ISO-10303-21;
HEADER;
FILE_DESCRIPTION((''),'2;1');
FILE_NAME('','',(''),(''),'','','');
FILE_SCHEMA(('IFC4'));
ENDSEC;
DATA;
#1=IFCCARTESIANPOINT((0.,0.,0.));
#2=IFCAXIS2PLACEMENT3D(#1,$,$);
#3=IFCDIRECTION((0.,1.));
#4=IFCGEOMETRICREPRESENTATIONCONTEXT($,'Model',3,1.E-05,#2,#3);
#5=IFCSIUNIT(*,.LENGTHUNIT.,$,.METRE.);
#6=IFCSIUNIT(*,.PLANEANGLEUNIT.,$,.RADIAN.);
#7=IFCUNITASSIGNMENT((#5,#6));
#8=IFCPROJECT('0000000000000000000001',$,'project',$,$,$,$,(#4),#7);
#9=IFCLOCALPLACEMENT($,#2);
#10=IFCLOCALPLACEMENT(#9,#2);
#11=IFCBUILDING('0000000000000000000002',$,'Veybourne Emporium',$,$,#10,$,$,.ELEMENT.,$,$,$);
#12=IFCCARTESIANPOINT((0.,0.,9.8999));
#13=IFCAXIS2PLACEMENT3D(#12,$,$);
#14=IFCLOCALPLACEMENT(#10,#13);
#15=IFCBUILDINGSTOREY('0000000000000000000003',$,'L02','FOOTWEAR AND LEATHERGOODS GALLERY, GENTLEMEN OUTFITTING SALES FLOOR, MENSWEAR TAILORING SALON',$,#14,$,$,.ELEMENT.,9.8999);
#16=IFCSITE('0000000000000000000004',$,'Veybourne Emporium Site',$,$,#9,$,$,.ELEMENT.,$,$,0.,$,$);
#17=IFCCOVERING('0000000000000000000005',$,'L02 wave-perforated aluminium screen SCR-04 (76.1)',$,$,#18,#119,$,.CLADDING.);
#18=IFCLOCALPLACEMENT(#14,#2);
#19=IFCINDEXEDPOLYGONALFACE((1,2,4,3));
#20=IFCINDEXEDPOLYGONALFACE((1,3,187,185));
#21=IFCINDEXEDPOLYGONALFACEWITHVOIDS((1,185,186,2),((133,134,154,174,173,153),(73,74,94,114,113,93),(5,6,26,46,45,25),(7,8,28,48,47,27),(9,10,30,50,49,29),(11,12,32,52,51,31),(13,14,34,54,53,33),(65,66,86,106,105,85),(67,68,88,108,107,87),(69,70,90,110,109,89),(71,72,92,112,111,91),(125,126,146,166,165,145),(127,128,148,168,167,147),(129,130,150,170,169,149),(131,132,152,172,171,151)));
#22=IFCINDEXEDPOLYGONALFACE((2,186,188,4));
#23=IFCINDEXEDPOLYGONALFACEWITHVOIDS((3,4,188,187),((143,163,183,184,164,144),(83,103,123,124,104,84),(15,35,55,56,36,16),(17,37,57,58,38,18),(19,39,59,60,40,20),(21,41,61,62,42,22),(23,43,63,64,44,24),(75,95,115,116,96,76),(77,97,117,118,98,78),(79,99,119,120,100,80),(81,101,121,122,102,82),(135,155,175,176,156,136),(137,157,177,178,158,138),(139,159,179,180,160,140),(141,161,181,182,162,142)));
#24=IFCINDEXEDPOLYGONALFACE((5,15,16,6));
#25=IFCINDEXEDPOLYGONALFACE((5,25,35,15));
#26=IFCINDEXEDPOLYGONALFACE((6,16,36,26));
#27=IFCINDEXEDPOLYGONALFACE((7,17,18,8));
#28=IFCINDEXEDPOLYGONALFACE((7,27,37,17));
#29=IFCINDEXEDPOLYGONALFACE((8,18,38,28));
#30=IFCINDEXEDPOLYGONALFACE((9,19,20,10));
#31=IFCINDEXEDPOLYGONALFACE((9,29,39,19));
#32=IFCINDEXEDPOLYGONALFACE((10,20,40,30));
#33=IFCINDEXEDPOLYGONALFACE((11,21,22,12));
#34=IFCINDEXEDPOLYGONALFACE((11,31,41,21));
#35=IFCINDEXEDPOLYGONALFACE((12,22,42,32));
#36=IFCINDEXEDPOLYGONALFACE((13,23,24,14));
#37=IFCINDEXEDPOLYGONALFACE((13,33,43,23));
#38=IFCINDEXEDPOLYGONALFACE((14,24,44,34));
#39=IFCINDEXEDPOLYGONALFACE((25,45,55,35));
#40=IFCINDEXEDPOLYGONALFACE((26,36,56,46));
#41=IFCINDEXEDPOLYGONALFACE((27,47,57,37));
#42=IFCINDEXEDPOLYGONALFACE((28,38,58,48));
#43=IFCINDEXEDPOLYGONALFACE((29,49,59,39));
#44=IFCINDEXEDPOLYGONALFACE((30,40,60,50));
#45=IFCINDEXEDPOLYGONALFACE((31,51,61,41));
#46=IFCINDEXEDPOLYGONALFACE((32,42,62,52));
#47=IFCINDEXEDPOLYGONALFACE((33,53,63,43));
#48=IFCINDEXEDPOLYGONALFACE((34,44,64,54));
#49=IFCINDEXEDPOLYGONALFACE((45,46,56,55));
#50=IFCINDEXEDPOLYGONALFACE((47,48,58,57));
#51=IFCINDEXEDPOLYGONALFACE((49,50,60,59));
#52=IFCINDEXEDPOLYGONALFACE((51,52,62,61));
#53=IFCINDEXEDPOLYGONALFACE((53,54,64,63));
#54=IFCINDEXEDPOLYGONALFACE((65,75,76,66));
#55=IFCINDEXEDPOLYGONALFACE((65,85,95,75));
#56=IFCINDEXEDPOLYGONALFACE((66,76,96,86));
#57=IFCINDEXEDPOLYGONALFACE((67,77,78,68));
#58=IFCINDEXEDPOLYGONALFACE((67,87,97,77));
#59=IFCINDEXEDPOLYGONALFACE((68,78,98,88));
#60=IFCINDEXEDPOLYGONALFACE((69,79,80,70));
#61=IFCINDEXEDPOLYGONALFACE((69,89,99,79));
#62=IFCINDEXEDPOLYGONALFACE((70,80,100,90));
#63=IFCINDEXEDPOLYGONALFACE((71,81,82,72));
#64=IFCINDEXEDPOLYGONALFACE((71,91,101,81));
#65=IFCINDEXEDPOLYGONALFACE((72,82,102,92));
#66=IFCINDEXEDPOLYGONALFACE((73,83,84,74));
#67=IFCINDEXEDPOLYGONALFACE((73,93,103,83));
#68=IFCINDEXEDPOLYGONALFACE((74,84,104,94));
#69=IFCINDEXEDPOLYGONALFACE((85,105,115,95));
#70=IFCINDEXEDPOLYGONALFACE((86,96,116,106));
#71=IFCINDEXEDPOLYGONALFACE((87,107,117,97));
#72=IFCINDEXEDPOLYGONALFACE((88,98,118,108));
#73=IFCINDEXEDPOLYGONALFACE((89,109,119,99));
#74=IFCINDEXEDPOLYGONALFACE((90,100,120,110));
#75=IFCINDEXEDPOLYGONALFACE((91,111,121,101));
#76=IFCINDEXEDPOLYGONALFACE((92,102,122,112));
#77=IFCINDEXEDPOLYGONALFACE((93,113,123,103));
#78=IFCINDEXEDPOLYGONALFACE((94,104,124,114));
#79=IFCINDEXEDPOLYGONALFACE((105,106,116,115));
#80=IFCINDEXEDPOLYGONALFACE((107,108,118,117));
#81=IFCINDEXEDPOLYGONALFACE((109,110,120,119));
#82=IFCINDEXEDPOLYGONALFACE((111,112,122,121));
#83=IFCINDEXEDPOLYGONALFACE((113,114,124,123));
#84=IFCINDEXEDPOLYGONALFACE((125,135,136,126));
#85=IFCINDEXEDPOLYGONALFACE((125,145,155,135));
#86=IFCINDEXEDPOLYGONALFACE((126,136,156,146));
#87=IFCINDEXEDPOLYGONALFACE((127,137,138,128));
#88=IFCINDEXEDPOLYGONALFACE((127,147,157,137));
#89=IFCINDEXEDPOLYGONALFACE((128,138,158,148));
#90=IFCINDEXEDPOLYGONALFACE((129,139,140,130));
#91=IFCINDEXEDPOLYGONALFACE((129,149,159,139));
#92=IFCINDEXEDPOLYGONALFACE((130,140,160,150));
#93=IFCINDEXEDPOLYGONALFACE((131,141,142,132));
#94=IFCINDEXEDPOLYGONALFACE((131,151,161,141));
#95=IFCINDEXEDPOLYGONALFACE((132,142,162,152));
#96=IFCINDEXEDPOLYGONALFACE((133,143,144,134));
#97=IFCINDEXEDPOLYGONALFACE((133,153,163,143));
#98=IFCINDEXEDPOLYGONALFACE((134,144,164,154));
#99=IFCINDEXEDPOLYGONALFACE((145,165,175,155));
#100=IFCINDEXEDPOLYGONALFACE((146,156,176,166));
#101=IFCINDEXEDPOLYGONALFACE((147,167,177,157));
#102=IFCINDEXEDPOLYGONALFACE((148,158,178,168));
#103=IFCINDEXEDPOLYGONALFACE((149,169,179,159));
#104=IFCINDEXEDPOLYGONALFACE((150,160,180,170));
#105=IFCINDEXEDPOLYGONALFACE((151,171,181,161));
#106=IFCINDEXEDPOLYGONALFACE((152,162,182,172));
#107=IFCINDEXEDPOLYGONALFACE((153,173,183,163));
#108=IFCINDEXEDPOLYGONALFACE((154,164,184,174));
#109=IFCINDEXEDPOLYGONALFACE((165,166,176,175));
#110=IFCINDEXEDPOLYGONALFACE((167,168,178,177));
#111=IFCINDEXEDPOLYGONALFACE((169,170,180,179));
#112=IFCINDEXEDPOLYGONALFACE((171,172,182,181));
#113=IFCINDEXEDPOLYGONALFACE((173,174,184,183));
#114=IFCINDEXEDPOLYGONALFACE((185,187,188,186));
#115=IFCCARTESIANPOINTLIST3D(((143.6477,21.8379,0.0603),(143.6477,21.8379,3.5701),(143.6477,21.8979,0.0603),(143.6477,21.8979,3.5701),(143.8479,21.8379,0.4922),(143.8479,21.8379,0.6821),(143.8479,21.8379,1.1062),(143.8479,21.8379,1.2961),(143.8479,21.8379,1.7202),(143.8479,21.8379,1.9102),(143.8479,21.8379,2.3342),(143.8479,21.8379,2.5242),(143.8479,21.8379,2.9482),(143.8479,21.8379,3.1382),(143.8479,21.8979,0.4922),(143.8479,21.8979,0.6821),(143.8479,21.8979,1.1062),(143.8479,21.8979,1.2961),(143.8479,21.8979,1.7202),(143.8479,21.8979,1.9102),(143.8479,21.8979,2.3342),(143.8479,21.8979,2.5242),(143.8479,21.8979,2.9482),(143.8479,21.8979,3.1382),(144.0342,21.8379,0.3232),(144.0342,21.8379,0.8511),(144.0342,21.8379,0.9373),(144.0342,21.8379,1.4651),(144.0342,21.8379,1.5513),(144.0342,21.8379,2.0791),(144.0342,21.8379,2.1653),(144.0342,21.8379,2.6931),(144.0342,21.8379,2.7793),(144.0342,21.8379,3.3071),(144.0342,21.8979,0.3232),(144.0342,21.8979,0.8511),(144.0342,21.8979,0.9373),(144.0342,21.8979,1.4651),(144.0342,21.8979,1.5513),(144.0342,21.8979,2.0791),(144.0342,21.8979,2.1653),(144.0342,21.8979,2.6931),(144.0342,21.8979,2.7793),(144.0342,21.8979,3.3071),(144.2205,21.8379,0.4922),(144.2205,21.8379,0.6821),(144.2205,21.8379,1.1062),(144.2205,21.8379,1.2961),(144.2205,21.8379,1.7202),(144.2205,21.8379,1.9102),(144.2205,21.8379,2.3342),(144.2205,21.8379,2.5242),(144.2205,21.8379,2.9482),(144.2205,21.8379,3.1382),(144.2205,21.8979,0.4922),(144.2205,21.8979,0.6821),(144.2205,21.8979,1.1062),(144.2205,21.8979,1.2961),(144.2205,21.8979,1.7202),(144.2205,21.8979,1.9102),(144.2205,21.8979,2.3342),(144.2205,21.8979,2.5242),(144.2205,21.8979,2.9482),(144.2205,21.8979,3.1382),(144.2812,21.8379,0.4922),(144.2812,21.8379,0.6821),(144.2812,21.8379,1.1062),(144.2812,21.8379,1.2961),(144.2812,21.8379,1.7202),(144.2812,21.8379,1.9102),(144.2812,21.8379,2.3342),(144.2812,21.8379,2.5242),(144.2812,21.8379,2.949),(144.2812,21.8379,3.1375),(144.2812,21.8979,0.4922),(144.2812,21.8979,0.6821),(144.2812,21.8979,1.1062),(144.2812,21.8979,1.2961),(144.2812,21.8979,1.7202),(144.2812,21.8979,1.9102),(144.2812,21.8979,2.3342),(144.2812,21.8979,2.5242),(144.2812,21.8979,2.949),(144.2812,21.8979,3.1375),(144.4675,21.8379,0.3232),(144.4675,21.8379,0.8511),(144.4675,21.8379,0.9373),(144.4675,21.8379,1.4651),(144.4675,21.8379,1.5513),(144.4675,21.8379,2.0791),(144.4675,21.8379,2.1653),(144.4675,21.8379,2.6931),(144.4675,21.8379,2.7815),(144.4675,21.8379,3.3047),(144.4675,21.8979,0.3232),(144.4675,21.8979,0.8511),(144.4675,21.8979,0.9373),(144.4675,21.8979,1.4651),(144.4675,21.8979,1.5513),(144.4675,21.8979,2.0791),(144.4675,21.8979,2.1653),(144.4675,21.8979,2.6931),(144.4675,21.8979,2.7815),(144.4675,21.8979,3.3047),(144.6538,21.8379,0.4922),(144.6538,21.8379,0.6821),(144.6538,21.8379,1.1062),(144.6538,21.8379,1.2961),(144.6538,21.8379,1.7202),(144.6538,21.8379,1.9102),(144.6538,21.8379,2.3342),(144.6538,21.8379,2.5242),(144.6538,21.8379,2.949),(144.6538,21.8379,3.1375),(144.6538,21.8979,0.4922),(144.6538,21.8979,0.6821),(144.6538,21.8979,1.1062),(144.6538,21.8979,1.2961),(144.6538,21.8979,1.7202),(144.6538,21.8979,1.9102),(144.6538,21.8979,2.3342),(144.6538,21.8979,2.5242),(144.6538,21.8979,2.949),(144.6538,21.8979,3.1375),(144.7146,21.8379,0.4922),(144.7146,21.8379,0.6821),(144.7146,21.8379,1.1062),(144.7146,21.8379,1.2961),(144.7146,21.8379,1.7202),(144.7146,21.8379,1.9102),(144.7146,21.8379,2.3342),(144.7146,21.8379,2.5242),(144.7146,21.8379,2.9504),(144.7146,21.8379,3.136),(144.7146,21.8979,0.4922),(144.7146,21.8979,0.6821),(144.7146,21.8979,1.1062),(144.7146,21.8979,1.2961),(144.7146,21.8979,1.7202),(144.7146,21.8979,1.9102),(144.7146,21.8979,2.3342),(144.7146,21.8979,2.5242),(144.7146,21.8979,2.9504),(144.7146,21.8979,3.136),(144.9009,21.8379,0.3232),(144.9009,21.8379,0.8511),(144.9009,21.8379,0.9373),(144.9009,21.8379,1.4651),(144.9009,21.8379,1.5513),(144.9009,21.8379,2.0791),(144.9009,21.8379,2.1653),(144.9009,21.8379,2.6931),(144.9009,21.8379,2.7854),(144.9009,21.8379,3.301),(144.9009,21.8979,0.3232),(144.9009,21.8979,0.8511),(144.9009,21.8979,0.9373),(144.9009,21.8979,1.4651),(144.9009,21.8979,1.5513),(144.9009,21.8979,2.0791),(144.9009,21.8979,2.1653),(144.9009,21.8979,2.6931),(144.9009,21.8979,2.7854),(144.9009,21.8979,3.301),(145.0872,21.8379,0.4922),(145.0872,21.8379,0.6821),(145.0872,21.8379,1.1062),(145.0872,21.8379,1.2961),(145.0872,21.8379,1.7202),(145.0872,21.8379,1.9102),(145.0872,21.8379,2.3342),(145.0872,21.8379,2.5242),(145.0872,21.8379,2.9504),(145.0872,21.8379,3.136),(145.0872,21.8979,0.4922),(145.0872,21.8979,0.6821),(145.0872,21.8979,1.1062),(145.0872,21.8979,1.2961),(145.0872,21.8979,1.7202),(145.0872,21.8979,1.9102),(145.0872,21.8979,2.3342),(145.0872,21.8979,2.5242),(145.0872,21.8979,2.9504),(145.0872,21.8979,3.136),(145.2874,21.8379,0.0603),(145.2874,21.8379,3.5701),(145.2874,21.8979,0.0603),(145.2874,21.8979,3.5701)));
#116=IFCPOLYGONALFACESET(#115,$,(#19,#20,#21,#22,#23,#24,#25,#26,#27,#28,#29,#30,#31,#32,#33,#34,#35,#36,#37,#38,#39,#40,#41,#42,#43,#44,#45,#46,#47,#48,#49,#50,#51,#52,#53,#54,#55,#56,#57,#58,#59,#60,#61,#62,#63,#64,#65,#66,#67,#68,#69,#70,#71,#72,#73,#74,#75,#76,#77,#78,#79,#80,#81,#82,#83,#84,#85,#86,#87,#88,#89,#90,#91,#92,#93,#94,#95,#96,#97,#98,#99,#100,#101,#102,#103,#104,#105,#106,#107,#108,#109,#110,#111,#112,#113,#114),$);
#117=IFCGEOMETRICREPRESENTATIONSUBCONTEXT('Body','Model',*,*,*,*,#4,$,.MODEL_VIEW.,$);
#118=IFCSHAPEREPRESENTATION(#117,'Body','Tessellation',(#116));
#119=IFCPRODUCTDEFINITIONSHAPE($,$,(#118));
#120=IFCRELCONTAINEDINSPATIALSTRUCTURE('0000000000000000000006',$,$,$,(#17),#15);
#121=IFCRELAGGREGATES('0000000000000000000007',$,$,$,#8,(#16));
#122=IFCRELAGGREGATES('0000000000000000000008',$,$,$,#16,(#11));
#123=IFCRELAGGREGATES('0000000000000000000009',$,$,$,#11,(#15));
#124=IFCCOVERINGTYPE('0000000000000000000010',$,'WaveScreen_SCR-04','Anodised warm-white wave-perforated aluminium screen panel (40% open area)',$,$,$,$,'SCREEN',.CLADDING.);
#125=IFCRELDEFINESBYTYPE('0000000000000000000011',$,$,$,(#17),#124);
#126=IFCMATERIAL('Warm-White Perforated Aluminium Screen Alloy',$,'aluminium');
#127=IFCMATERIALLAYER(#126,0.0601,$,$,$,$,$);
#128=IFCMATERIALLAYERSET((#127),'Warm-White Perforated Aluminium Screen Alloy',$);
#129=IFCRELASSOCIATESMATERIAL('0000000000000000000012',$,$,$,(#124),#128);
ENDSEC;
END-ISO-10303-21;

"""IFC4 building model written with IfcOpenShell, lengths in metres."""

from ifc_helpers import new_model, si_unit, direction, frame, origin, place, context, subcontext, project, spatial, polyline, outline, extrude, material, layer, layer_set, type_object, element, save


model = new_model("IFC4")

# Units and contexts
model_context = context("Model", 3, precision=1e-05, world=origin(), true_north=direction((0.0, 1.0)))
body_context = subcontext(model_context, "Body", "Model", "MODEL_VIEW")
ifc_project = project(units=[si_unit("LENGTHUNIT", "METRE"), si_unit("PLANEANGLEUNIT", "RADIAN")], contexts=[model_context])

# Site, building, storey
site_placement = place(None, origin())
site = spatial("IfcSite", under=ifc_project, at=site_placement, Name="Veybourne Emporium Site", CompositionType="ELEMENT", RefElevation=0.0)
building_placement = place(site_placement, origin())
building = spatial("IfcBuilding", under=site, at=building_placement, Name="Veybourne Emporium", CompositionType="ELEMENT")
storey_placement = place(building_placement, frame((0.0, 0.0, 9.8999)))
storey = spatial("IfcBuildingStorey", under=building, at=storey_placement, Name="L02", Description="FOOTWEAR AND LEATHERGOODS GALLERY, GENTLEMEN OUTFITTING SALES FLOOR, MENSWEAR TAILORING SALON", CompositionType="ELEMENT", Elevation=9.8999)

# Covering
ifc_material_1 = material(Name="Warm-White Perforated Aluminium Screen Alloy", Category="aluminium")
ifc_layer_1 = layer(ifc_material_1, 0.0601)
ifc_layer_set_1 = layer_set([ifc_layer_1], Name="Warm-White Perforated Aluminium Screen Alloy")
covering_type_1 = type_object("IfcCoveringType", Name="WaveScreen_SCR-04", Description="Anodised warm-white wave-perforated aluminium screen panel (40% open area)", ElementType="SCREEN", PredefinedType="CLADDING", material=ifc_layer_set_1)
covering_1_placement = place(storey_placement, frame((144.4675, 21.8979, 1.8152), z_axis=(0.0, -1.0, 0.0), x_axis=(1.0, 0.0, 0.0)))
element("IfcCovering", 1, at=covering_1_placement, inside=storey, type_object=covering_type_1, Name="L02 wave-perforated aluminium screen SCR-04 (76.1)", PredefinedType="CLADDING", context=body_context, shape_type="SweptSolid", body=[
    extrude(outline(polyline([(-0.8198, -1.7549), (0.8198, -1.7549), (0.8198, 1.7549), (-0.8198, 1.7549), (-0.8198, -1.7549)]), holes=[polyline([(-0.4333, -0.9641), (-0.2471, -1.1331), (-0.2471, -1.323), (-0.4333, -1.4919), (-0.6196, -1.323), (-0.6196, -1.1331), (-0.4333, -0.9641)]), polyline([(-0.4333, -0.3501), (-0.2471, -0.519), (-0.2471, -0.709), (-0.4333, -0.8779), (-0.6196, -0.709), (-0.6196, -0.519), (-0.4333, -0.3501)]), polyline([(-0.4333, 0.2639), (-0.2471, 0.095), (-0.2471, -0.095), (-0.4333, -0.2639), (-0.6196, -0.095), (-0.6196, 0.095), (-0.4333, 0.2639)]), polyline([(-0.4333, 0.8779), (-0.2471, 0.709), (-0.2471, 0.519), (-0.4333, 0.3501), (-0.6196, 0.519), (-0.6196, 0.709), (-0.4333, 0.8779)]), polyline([(-0.4333, 1.4919), (-0.2471, 1.323), (-0.2471, 1.1331), (-0.4333, 0.9641), (-0.6196, 1.1331), (-0.6196, 1.323), (-0.4333, 1.4919)]), polyline([(0.0, -0.9641), (0.1863, -1.1331), (0.1863, -1.323), (0.0, -1.4919), (-0.1863, -1.323), (-0.1863, -1.1331), (0.0, -0.9641)]), polyline([(0.0, -0.3501), (0.1863, -0.519), (0.1863, -0.709), (0.0, -0.8779), (-0.1863, -0.709), (-0.1863, -0.519), (0.0, -0.3501)]), polyline([(0.0, 0.2639), (0.1863, 0.095), (0.1863, -0.095), (0.0, -0.2639), (-0.1863, -0.095), (-0.1863, 0.095), (0.0, 0.2639)]), polyline([(0.0, 0.8779), (0.1863, 0.709), (0.1863, 0.519), (0.0, 0.3501), (-0.1863, 0.519), (-0.1863, 0.709), (0.0, 0.8779)]), polyline([(0.0, 1.4895), (0.1863, 1.3223), (0.1863, 1.1338), (0.0, 0.9663), (-0.1863, 1.1338), (-0.1863, 1.3223), (0.0, 1.4895)]), polyline([(0.4333, -0.9641), (0.6196, -1.1331), (0.6196, -1.323), (0.4333, -1.4919), (0.2471, -1.323), (0.2471, -1.1331), (0.4333, -0.9641)]), polyline([(0.4333, -0.3501), (0.6196, -0.519), (0.6196, -0.709), (0.4333, -0.8779), (0.2471, -0.709), (0.2471, -0.519), (0.4333, -0.3501)]), polyline([(0.4333, 0.2639), (0.6196, 0.095), (0.6196, -0.095), (0.4333, -0.2639), (0.2471, -0.095), (0.2471, 0.095), (0.4333, 0.2639)]), polyline([(0.4333, 0.8779), (0.6196, 0.709), (0.6196, 0.519), (0.4333, 0.3501), (0.2471, 0.519), (0.2471, 0.709), (0.4333, 0.8779)]), polyline([(0.4333, 1.4858), (0.6196, 1.3208), (0.6196, 1.1353), (0.4333, 0.9702), (0.2471, 1.1353), (0.2471, 1.3208), (0.4333, 1.4858)])]), origin(), (0.0, 0.0, 1.0), 0.0601),
])

save(model, "model.ifc")
